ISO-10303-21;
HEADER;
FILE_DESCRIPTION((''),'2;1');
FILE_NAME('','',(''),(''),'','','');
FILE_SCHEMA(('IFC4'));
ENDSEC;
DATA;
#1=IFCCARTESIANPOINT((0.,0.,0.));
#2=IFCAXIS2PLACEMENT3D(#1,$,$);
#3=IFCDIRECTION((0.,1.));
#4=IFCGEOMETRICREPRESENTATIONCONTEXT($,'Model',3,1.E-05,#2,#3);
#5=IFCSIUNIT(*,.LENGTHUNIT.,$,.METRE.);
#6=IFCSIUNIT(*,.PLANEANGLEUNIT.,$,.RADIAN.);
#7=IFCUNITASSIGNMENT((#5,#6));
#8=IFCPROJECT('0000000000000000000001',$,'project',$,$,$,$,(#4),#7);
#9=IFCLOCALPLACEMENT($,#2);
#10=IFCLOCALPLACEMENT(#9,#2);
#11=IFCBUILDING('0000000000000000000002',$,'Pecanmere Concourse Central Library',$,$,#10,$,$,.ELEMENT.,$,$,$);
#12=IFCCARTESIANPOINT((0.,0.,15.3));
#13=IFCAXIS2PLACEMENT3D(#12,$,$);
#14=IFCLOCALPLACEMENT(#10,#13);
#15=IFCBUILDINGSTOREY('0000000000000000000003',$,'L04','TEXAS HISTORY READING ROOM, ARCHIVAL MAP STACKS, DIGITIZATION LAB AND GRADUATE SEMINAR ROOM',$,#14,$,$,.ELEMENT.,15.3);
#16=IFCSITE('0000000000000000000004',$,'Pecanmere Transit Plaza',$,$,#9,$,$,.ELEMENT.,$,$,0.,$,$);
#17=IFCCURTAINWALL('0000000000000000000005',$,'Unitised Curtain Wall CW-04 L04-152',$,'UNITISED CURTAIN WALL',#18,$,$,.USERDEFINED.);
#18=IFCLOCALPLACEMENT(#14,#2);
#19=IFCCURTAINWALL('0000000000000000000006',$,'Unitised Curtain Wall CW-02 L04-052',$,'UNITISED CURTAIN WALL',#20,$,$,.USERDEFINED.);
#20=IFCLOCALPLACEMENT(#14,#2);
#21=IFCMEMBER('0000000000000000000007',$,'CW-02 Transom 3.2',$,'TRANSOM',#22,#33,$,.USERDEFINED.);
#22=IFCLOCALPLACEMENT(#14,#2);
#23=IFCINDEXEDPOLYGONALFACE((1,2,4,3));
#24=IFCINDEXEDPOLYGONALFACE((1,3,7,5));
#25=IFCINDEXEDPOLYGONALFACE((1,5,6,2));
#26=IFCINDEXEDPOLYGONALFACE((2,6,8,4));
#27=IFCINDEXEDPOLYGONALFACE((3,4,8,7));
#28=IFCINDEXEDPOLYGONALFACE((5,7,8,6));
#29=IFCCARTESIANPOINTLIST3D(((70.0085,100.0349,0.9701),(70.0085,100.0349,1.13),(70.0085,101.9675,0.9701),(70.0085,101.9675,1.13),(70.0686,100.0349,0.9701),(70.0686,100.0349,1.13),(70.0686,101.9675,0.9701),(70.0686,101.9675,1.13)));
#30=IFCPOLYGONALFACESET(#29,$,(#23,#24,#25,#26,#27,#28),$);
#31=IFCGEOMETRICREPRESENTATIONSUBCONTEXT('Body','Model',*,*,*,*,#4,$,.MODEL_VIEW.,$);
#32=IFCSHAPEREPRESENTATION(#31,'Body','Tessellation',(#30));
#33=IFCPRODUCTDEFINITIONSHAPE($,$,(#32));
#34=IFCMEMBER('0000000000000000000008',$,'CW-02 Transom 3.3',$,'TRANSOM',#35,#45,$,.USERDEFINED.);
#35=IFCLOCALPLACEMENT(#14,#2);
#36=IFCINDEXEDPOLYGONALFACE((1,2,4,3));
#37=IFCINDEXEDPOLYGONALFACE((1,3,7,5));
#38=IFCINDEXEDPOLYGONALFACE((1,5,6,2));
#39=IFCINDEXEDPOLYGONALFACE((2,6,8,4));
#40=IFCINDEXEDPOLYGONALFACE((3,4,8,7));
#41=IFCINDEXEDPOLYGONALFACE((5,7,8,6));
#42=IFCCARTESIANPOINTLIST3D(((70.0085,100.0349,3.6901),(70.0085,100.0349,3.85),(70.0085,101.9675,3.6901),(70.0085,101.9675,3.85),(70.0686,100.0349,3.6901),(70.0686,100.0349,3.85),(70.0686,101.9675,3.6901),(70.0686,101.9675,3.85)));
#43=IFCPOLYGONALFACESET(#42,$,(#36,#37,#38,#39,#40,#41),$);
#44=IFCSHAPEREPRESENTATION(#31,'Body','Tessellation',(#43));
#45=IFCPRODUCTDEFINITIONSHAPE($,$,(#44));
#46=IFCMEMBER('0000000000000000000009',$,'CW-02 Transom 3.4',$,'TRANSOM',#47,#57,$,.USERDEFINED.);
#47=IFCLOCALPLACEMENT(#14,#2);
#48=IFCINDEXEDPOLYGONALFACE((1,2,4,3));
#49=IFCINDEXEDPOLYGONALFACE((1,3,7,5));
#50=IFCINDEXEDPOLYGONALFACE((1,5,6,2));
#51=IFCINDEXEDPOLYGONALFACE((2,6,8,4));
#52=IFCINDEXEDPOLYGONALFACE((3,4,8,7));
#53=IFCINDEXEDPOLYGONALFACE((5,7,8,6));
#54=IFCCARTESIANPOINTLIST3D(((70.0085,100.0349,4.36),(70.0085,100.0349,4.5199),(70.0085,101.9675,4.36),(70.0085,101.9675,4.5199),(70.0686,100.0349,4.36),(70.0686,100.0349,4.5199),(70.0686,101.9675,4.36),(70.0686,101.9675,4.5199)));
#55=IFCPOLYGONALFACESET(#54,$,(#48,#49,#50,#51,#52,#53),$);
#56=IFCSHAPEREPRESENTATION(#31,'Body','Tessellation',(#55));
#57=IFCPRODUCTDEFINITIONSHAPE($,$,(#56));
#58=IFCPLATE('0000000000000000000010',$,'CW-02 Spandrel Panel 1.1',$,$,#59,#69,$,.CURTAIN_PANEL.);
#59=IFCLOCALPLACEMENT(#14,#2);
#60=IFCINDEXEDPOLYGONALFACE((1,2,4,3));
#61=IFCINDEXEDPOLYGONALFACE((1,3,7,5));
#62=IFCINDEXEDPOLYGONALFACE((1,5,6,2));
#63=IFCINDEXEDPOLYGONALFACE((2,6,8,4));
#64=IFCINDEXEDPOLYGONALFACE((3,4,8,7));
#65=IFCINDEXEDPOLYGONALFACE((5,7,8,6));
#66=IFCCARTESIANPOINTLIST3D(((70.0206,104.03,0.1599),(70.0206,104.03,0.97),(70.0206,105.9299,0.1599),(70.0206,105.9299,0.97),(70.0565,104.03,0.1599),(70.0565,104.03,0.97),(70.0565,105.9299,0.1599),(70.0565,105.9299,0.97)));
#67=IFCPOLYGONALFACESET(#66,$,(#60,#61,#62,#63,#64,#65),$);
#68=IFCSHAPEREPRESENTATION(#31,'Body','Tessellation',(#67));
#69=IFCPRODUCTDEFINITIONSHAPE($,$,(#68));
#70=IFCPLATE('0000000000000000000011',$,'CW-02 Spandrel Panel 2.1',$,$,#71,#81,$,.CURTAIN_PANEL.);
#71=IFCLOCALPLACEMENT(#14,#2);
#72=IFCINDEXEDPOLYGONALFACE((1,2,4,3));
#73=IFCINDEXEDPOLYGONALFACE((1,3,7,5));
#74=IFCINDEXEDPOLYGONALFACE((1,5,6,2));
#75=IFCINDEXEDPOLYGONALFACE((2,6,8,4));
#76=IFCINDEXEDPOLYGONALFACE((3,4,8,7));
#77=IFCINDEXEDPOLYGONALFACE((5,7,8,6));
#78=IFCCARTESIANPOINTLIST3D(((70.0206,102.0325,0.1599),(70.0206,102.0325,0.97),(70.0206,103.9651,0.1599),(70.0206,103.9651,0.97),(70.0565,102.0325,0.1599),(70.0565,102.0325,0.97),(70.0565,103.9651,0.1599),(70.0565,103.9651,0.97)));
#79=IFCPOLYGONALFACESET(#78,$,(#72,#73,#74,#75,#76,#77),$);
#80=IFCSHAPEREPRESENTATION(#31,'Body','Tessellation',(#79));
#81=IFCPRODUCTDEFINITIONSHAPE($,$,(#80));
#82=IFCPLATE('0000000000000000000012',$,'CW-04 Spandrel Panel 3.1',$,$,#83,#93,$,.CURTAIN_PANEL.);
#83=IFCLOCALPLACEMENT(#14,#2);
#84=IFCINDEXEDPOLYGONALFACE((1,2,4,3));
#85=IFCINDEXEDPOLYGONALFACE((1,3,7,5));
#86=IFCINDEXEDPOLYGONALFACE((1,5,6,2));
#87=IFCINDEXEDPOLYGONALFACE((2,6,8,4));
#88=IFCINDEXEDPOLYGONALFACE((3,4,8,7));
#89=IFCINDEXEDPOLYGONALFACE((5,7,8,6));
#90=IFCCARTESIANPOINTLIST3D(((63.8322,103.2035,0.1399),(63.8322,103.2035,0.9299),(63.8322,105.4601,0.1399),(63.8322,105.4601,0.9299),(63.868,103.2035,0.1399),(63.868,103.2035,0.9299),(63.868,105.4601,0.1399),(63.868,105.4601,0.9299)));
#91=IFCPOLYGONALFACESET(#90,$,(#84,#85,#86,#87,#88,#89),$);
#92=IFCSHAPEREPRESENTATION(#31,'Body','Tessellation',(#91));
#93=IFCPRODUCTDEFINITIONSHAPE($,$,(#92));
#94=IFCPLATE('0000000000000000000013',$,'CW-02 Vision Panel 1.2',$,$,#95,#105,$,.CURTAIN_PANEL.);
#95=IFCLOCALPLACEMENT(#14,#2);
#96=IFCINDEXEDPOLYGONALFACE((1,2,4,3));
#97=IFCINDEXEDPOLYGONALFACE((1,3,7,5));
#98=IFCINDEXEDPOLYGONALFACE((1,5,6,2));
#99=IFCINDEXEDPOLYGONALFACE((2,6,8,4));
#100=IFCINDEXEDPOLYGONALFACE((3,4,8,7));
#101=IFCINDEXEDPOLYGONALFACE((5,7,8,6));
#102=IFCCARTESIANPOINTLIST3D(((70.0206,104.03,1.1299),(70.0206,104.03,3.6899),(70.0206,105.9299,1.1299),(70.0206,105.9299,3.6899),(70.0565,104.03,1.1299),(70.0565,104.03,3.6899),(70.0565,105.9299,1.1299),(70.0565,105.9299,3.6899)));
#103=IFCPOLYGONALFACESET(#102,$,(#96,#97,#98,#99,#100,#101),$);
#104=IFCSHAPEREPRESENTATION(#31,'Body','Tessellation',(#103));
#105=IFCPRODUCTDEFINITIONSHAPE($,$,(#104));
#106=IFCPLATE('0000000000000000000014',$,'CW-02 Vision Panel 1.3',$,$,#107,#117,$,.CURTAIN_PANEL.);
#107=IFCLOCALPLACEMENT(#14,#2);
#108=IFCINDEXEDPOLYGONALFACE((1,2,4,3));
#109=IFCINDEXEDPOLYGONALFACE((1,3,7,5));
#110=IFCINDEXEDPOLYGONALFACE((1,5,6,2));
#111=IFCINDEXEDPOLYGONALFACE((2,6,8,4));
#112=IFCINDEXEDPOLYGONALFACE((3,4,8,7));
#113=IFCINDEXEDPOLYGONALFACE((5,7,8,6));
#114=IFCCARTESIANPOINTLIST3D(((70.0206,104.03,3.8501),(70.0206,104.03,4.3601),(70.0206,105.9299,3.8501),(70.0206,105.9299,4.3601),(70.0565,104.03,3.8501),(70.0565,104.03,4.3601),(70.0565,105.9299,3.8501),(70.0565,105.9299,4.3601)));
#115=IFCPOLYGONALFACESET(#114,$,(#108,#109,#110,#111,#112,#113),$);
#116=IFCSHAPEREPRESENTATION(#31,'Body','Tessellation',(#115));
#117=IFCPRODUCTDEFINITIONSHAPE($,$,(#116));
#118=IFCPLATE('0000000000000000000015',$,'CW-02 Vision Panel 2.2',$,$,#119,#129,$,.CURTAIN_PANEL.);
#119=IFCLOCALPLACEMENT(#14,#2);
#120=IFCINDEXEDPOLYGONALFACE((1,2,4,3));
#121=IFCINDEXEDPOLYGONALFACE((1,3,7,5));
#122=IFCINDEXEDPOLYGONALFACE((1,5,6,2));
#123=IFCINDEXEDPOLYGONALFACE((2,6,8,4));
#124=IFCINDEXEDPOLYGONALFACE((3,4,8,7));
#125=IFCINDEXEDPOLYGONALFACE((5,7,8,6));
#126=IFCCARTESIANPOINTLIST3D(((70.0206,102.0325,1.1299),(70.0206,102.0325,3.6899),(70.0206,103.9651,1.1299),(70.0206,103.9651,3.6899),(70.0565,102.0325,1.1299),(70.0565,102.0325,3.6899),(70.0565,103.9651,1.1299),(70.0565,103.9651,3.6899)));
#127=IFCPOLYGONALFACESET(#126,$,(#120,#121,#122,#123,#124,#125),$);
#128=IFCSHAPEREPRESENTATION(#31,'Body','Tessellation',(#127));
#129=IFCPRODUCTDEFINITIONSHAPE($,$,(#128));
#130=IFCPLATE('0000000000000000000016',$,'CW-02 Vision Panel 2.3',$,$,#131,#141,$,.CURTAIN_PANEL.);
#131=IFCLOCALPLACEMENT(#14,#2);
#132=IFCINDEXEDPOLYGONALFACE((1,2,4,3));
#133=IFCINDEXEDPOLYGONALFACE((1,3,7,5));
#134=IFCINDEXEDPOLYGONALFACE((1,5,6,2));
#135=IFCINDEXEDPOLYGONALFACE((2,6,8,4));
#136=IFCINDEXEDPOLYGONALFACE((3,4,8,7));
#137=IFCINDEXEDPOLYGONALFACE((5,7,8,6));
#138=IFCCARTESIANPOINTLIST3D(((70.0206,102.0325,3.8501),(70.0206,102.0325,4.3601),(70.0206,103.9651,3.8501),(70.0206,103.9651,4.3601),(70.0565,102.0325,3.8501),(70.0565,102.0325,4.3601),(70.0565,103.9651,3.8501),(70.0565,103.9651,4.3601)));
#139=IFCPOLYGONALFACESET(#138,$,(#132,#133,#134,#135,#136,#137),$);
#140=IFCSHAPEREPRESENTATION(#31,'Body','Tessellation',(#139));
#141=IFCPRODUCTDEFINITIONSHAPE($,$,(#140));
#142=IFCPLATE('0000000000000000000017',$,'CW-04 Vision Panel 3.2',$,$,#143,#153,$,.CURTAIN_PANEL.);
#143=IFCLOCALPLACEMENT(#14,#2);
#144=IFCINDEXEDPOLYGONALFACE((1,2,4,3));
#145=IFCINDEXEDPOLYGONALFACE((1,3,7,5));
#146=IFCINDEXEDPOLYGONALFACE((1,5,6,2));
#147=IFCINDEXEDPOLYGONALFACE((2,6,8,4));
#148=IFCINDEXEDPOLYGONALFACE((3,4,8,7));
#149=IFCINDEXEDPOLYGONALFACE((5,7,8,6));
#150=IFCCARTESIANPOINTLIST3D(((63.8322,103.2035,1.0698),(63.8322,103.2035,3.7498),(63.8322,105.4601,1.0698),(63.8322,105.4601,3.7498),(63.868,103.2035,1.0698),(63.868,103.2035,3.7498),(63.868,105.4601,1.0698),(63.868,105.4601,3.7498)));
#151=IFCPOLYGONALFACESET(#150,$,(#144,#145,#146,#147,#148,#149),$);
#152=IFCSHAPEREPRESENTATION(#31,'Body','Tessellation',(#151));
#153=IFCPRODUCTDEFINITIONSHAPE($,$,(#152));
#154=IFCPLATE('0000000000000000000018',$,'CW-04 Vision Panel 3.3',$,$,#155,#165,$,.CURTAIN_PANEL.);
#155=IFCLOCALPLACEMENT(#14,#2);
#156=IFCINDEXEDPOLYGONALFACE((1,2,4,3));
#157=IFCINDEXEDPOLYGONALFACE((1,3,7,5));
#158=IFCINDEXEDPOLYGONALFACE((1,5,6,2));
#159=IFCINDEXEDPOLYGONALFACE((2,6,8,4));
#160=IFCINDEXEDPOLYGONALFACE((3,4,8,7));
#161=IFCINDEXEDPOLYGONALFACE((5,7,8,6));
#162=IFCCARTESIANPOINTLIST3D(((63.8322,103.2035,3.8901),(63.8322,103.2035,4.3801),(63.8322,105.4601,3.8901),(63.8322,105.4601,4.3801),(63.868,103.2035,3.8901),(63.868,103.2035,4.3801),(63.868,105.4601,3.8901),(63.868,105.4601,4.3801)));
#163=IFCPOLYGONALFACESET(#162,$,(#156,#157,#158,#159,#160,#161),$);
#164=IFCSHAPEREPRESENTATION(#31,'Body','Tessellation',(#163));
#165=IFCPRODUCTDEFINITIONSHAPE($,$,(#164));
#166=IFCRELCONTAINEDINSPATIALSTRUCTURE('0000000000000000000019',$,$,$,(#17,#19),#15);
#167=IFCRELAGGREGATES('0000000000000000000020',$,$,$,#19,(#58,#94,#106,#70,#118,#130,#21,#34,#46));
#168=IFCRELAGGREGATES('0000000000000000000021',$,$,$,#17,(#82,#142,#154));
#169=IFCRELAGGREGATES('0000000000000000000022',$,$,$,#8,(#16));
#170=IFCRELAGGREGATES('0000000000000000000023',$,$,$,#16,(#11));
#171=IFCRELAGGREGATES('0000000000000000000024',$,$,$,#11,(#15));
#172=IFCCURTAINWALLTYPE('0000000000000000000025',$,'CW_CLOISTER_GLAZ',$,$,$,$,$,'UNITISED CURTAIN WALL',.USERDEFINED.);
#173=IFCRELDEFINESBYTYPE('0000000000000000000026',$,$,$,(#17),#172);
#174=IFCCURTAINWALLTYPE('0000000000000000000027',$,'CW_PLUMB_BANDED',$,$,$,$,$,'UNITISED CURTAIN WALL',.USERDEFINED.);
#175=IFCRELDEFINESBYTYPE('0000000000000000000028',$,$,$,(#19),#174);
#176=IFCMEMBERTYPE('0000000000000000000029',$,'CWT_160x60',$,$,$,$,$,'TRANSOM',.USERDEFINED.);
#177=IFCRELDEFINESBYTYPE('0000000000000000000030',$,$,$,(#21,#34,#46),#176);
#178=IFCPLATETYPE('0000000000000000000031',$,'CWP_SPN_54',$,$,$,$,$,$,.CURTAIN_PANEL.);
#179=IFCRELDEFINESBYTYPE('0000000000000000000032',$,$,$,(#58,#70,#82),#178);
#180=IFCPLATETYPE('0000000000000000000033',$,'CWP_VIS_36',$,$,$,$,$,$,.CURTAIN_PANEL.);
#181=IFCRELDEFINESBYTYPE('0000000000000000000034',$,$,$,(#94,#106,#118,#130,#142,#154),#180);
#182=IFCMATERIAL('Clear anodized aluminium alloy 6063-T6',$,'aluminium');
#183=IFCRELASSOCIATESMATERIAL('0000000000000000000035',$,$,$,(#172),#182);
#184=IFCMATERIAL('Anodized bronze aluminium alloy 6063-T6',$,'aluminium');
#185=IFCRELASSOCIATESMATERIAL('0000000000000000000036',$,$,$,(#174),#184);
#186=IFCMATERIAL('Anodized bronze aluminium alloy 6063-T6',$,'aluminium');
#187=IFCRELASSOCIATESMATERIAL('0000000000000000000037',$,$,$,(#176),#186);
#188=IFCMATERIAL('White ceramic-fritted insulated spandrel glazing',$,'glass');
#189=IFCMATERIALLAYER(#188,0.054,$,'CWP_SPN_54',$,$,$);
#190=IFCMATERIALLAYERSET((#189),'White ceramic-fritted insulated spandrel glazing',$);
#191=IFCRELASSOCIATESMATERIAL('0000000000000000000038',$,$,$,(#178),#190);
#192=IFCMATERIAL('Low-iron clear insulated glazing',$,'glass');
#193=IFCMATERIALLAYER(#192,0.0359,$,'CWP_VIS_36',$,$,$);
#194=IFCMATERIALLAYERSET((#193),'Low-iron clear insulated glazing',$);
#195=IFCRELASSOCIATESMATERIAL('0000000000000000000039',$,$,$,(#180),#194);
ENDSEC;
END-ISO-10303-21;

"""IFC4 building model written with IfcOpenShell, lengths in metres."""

from ifc_helpers import new_model, si_unit, direction, frame, origin, origin_2d, place, context, subcontext, project, spatial, rectangle, extrude, material, layer, layer_set, material_profile, profile_set, type_object, element, aggregate, save


model = new_model("IFC4")

# Units and contexts
model_context = context("Model", 3, precision=1e-05, world=origin(), true_north=direction((0.0, 1.0)))
body_context = subcontext(model_context, "Body", "Model", "MODEL_VIEW")
ifc_project = project(units=[si_unit("LENGTHUNIT", "METRE"), si_unit("PLANEANGLEUNIT", "RADIAN")], contexts=[model_context])

# Site, building, storey
site_placement = place(None, origin())
site = spatial("IfcSite", under=ifc_project, at=site_placement, Name="Pecanmere Transit Plaza", CompositionType="ELEMENT", RefElevation=0.0)
building_placement = place(site_placement, origin())
building = spatial("IfcBuilding", under=site, at=building_placement, Name="Pecanmere Concourse Central Library", CompositionType="ELEMENT")
storey_placement = place(building_placement, frame((0.0, 0.0, 15.3)))
storey = spatial("IfcBuildingStorey", under=building, at=storey_placement, Name="L04", Description="TEXAS HISTORY READING ROOM, ARCHIVAL MAP STACKS, DIGITIZATION LAB AND GRADUATE SEMINAR ROOM", CompositionType="ELEMENT", Elevation=15.3)

# Curtain wall
ifc_material_1 = material(Name="Clear anodized aluminium alloy 6063-T6", Category="aluminium")
curtain_wall_type_1 = type_object("IfcCurtainWallType", Name="CW_CLOISTER_GLAZ", ElementType="UNITISED CURTAIN WALL", PredefinedType="USERDEFINED", material=ifc_material_1)
curtain_wall_1_placement = place(storey_placement, origin())
curtain_wall_1 = element("IfcCurtainWall", 1, at=curtain_wall_1_placement, inside=storey, type_object=curtain_wall_type_1, Name="Unitised Curtain Wall CW-04 L04-152", ObjectType="UNITISED CURTAIN WALL", PredefinedType="USERDEFINED")

# Curtain wall
ifc_material_2 = material(Name="Anodized bronze aluminium alloy 6063-T6", Category="aluminium")
curtain_wall_type_2 = type_object("IfcCurtainWallType", Name="CW_PLUMB_BANDED", ElementType="UNITISED CURTAIN WALL", PredefinedType="USERDEFINED", material=ifc_material_2)
curtain_wall_2_placement = place(storey_placement, origin())
curtain_wall_2 = element("IfcCurtainWall", 2, at=curtain_wall_2_placement, inside=storey, type_object=curtain_wall_type_2, Name="Unitised Curtain Wall CW-02 L04-052", ObjectType="UNITISED CURTAIN WALL", PredefinedType="USERDEFINED")

# Members
ifc_material_3 = material(Name="Anodized bronze aluminium alloy 6063-T6", Category="aluminium")
ifc_material_profile_1 = material_profile(ifc_material_3, rectangle(XDim=0.0601, YDim=0.1599, at=origin_2d()), Name="AL 60x160")
ifc_profile_set_1 = profile_set([ifc_material_profile_1], Name="Anodized bronze aluminium alloy 6063-T6")
member_type_1 = type_object("IfcMemberType", Name="CWT_160x60", ElementType="TRANSOM", PredefinedType="USERDEFINED", material=ifc_profile_set_1)
member_1_placement = place(storey_placement, frame((70.0386, 101.9675, 1.05), z_axis=(0.0, -1.0, 0.0), x_axis=(1.0, 0.0, 0.0)))
member_1 = element("IfcMember", 3, at=member_1_placement, type_object=member_type_1, Name="CW-02 Transom 3.2", ObjectType="TRANSOM", PredefinedType="USERDEFINED", context=body_context, shape_type="SweptSolid", body=[
    extrude(rectangle(XDim=0.0601, YDim=0.1599, at=origin_2d()), origin(), (0.0, 0.0, 1.0), 1.9326),
])
member_2_placement = place(storey_placement, frame((70.0386, 101.9675, 3.77), z_axis=(0.0, -1.0, 0.0), x_axis=(1.0, 0.0, 0.0)))
member_2 = element("IfcMember", 4, at=member_2_placement, type_object=member_type_1, Name="CW-02 Transom 3.3", ObjectType="TRANSOM", PredefinedType="USERDEFINED", context=body_context, shape_type="SweptSolid", body=[
    extrude(rectangle(XDim=0.0601, YDim=0.1599, at=origin_2d()), origin(), (0.0, 0.0, 1.0), 1.9326),
])
member_3_placement = place(storey_placement, frame((70.0386, 101.9675, 4.4399), z_axis=(0.0, -1.0, 0.0), x_axis=(1.0, 0.0, 0.0)))
member_3 = element("IfcMember", 5, at=member_3_placement, type_object=member_type_1, Name="CW-02 Transom 3.4", ObjectType="TRANSOM", PredefinedType="USERDEFINED", context=body_context, shape_type="SweptSolid", body=[
    extrude(rectangle(XDim=0.0601, YDim=0.1599, at=origin_2d()), origin(), (0.0, 0.0, 1.0), 1.9326),
])

# Plates
ifc_material_4 = material(Name="White ceramic-fritted insulated spandrel glazing", Category="glass")
ifc_layer_1 = layer(ifc_material_4, 0.054, Name="CWP_SPN_54")
ifc_layer_set_1 = layer_set([ifc_layer_1], Name="White ceramic-fritted insulated spandrel glazing")
plate_type_1 = type_object("IfcPlateType", Name="CWP_SPN_54", PredefinedType="CURTAIN_PANEL", material=ifc_layer_set_1)
plate_1_placement = place(storey_placement, frame((70.0386, 104.98, 0.1599), z_axis=(0.0, 0.0, 1.0), x_axis=(0.0, -1.0, 0.0)))
plate_1 = element("IfcPlate", 6, at=plate_1_placement, type_object=plate_type_1, Name="CW-02 Spandrel Panel 1.1", PredefinedType="CURTAIN_PANEL", context=body_context, shape_type="SweptSolid", body=[
    extrude(rectangle(XDim=1.8999, YDim=0.0359, at=origin_2d()), origin(), (0.0, 0.0, 1.0), 0.8101),
])
plate_2_placement = place(storey_placement, frame((70.0386, 102.9988, 0.1599), z_axis=(0.0, 0.0, 1.0), x_axis=(0.0, -1.0, 0.0)))
plate_2 = element("IfcPlate", 7, at=plate_2_placement, type_object=plate_type_1, Name="CW-02 Spandrel Panel 2.1", PredefinedType="CURTAIN_PANEL", context=body_context, shape_type="SweptSolid", body=[
    extrude(rectangle(XDim=1.9326, YDim=0.0359, at=origin_2d()), origin(), (0.0, 0.0, 1.0), 0.8101),
])
plate_3_placement = place(storey_placement, frame((63.8501, 104.3318, 0.1399), z_axis=(0.0, 0.0, 1.0), x_axis=(0.0, 1.0, 0.0)))
plate_3 = element("IfcPlate", 8, at=plate_3_placement, type_object=plate_type_1, Name="CW-04 Spandrel Panel 3.1", PredefinedType="CURTAIN_PANEL", context=body_context, shape_type="SweptSolid", body=[
    extrude(rectangle(XDim=2.2566, YDim=0.0359, at=origin_2d()), origin(), (0.0, 0.0, 1.0), 0.79),
])
ifc_material_5 = material(Name="Low-iron clear insulated glazing", Category="glass")
ifc_layer_2 = layer(ifc_material_5, 0.0359, Name="CWP_VIS_36")
ifc_layer_set_2 = layer_set([ifc_layer_2], Name="Low-iron clear insulated glazing")
plate_type_2 = type_object("IfcPlateType", Name="CWP_VIS_36", PredefinedType="CURTAIN_PANEL", material=ifc_layer_set_2)
plate_4_placement = place(storey_placement, frame((70.0386, 104.98, 1.1299), z_axis=(0.0, 0.0, 1.0), x_axis=(0.0, -1.0, 0.0)))
plate_4 = element("IfcPlate", 9, at=plate_4_placement, type_object=plate_type_2, Name="CW-02 Vision Panel 1.2", PredefinedType="CURTAIN_PANEL", context=body_context, shape_type="SweptSolid", body=[
    extrude(rectangle(XDim=1.8999, YDim=0.0359, at=origin_2d()), origin(), (0.0, 0.0, 1.0), 2.5601),
])
plate_5_placement = place(storey_placement, frame((70.0386, 104.98, 3.8501), z_axis=(0.0, 0.0, 1.0), x_axis=(0.0, -1.0, 0.0)))
plate_5 = element("IfcPlate", 10, at=plate_5_placement, type_object=plate_type_2, Name="CW-02 Vision Panel 1.3", PredefinedType="CURTAIN_PANEL", context=body_context, shape_type="SweptSolid", body=[
    extrude(rectangle(XDim=1.8999, YDim=0.0359, at=origin_2d()), origin(), (0.0, 0.0, 1.0), 0.51),
])
plate_6_placement = place(storey_placement, frame((70.0386, 102.9988, 1.1299), z_axis=(0.0, 0.0, 1.0), x_axis=(0.0, -1.0, 0.0)))
plate_6 = element("IfcPlate", 11, at=plate_6_placement, type_object=plate_type_2, Name="CW-02 Vision Panel 2.2", PredefinedType="CURTAIN_PANEL", context=body_context, shape_type="SweptSolid", body=[
    extrude(rectangle(XDim=1.9326, YDim=0.0359, at=origin_2d()), origin(), (0.0, 0.0, 1.0), 2.5601),
])
plate_7_placement = place(storey_placement, frame((70.0386, 102.9988, 3.8501), z_axis=(0.0, 0.0, 1.0), x_axis=(0.0, -1.0, 0.0)))
plate_7 = element("IfcPlate", 12, at=plate_7_placement, type_object=plate_type_2, Name="CW-02 Vision Panel 2.3", PredefinedType="CURTAIN_PANEL", context=body_context, shape_type="SweptSolid", body=[
    extrude(rectangle(XDim=1.9326, YDim=0.0359, at=origin_2d()), origin(), (0.0, 0.0, 1.0), 0.51),
])
aggregate(curtain_wall_2, [plate_1, plate_4, plate_5, plate_2, plate_6, plate_7, member_1, member_2, member_3])
plate_8_placement = place(storey_placement, frame((63.8501, 104.3318, 1.0698), z_axis=(0.0, 0.0, 1.0), x_axis=(0.0, 1.0, 0.0)))
plate_8 = element("IfcPlate", 13, at=plate_8_placement, type_object=plate_type_2, Name="CW-04 Vision Panel 3.2", PredefinedType="CURTAIN_PANEL", context=body_context, shape_type="SweptSolid", body=[
    extrude(rectangle(XDim=2.2566, YDim=0.0359, at=origin_2d()), origin(), (0.0, 0.0, 1.0), 2.6799),
])
plate_9_placement = place(storey_placement, frame((63.8501, 104.3318, 3.8901), z_axis=(0.0, 0.0, 1.0), x_axis=(0.0, 1.0, 0.0)))
plate_9 = element("IfcPlate", 14, at=plate_9_placement, type_object=plate_type_2, Name="CW-04 Vision Panel 3.3", PredefinedType="CURTAIN_PANEL", context=body_context, shape_type="SweptSolid", body=[
    extrude(rectangle(XDim=2.2566, YDim=0.0359, at=origin_2d()), origin(), (0.0, 0.0, 1.0), 0.49),
])
aggregate(curtain_wall_1, [plate_3, plate_8, plate_9])

save(model, "model.ifc")
